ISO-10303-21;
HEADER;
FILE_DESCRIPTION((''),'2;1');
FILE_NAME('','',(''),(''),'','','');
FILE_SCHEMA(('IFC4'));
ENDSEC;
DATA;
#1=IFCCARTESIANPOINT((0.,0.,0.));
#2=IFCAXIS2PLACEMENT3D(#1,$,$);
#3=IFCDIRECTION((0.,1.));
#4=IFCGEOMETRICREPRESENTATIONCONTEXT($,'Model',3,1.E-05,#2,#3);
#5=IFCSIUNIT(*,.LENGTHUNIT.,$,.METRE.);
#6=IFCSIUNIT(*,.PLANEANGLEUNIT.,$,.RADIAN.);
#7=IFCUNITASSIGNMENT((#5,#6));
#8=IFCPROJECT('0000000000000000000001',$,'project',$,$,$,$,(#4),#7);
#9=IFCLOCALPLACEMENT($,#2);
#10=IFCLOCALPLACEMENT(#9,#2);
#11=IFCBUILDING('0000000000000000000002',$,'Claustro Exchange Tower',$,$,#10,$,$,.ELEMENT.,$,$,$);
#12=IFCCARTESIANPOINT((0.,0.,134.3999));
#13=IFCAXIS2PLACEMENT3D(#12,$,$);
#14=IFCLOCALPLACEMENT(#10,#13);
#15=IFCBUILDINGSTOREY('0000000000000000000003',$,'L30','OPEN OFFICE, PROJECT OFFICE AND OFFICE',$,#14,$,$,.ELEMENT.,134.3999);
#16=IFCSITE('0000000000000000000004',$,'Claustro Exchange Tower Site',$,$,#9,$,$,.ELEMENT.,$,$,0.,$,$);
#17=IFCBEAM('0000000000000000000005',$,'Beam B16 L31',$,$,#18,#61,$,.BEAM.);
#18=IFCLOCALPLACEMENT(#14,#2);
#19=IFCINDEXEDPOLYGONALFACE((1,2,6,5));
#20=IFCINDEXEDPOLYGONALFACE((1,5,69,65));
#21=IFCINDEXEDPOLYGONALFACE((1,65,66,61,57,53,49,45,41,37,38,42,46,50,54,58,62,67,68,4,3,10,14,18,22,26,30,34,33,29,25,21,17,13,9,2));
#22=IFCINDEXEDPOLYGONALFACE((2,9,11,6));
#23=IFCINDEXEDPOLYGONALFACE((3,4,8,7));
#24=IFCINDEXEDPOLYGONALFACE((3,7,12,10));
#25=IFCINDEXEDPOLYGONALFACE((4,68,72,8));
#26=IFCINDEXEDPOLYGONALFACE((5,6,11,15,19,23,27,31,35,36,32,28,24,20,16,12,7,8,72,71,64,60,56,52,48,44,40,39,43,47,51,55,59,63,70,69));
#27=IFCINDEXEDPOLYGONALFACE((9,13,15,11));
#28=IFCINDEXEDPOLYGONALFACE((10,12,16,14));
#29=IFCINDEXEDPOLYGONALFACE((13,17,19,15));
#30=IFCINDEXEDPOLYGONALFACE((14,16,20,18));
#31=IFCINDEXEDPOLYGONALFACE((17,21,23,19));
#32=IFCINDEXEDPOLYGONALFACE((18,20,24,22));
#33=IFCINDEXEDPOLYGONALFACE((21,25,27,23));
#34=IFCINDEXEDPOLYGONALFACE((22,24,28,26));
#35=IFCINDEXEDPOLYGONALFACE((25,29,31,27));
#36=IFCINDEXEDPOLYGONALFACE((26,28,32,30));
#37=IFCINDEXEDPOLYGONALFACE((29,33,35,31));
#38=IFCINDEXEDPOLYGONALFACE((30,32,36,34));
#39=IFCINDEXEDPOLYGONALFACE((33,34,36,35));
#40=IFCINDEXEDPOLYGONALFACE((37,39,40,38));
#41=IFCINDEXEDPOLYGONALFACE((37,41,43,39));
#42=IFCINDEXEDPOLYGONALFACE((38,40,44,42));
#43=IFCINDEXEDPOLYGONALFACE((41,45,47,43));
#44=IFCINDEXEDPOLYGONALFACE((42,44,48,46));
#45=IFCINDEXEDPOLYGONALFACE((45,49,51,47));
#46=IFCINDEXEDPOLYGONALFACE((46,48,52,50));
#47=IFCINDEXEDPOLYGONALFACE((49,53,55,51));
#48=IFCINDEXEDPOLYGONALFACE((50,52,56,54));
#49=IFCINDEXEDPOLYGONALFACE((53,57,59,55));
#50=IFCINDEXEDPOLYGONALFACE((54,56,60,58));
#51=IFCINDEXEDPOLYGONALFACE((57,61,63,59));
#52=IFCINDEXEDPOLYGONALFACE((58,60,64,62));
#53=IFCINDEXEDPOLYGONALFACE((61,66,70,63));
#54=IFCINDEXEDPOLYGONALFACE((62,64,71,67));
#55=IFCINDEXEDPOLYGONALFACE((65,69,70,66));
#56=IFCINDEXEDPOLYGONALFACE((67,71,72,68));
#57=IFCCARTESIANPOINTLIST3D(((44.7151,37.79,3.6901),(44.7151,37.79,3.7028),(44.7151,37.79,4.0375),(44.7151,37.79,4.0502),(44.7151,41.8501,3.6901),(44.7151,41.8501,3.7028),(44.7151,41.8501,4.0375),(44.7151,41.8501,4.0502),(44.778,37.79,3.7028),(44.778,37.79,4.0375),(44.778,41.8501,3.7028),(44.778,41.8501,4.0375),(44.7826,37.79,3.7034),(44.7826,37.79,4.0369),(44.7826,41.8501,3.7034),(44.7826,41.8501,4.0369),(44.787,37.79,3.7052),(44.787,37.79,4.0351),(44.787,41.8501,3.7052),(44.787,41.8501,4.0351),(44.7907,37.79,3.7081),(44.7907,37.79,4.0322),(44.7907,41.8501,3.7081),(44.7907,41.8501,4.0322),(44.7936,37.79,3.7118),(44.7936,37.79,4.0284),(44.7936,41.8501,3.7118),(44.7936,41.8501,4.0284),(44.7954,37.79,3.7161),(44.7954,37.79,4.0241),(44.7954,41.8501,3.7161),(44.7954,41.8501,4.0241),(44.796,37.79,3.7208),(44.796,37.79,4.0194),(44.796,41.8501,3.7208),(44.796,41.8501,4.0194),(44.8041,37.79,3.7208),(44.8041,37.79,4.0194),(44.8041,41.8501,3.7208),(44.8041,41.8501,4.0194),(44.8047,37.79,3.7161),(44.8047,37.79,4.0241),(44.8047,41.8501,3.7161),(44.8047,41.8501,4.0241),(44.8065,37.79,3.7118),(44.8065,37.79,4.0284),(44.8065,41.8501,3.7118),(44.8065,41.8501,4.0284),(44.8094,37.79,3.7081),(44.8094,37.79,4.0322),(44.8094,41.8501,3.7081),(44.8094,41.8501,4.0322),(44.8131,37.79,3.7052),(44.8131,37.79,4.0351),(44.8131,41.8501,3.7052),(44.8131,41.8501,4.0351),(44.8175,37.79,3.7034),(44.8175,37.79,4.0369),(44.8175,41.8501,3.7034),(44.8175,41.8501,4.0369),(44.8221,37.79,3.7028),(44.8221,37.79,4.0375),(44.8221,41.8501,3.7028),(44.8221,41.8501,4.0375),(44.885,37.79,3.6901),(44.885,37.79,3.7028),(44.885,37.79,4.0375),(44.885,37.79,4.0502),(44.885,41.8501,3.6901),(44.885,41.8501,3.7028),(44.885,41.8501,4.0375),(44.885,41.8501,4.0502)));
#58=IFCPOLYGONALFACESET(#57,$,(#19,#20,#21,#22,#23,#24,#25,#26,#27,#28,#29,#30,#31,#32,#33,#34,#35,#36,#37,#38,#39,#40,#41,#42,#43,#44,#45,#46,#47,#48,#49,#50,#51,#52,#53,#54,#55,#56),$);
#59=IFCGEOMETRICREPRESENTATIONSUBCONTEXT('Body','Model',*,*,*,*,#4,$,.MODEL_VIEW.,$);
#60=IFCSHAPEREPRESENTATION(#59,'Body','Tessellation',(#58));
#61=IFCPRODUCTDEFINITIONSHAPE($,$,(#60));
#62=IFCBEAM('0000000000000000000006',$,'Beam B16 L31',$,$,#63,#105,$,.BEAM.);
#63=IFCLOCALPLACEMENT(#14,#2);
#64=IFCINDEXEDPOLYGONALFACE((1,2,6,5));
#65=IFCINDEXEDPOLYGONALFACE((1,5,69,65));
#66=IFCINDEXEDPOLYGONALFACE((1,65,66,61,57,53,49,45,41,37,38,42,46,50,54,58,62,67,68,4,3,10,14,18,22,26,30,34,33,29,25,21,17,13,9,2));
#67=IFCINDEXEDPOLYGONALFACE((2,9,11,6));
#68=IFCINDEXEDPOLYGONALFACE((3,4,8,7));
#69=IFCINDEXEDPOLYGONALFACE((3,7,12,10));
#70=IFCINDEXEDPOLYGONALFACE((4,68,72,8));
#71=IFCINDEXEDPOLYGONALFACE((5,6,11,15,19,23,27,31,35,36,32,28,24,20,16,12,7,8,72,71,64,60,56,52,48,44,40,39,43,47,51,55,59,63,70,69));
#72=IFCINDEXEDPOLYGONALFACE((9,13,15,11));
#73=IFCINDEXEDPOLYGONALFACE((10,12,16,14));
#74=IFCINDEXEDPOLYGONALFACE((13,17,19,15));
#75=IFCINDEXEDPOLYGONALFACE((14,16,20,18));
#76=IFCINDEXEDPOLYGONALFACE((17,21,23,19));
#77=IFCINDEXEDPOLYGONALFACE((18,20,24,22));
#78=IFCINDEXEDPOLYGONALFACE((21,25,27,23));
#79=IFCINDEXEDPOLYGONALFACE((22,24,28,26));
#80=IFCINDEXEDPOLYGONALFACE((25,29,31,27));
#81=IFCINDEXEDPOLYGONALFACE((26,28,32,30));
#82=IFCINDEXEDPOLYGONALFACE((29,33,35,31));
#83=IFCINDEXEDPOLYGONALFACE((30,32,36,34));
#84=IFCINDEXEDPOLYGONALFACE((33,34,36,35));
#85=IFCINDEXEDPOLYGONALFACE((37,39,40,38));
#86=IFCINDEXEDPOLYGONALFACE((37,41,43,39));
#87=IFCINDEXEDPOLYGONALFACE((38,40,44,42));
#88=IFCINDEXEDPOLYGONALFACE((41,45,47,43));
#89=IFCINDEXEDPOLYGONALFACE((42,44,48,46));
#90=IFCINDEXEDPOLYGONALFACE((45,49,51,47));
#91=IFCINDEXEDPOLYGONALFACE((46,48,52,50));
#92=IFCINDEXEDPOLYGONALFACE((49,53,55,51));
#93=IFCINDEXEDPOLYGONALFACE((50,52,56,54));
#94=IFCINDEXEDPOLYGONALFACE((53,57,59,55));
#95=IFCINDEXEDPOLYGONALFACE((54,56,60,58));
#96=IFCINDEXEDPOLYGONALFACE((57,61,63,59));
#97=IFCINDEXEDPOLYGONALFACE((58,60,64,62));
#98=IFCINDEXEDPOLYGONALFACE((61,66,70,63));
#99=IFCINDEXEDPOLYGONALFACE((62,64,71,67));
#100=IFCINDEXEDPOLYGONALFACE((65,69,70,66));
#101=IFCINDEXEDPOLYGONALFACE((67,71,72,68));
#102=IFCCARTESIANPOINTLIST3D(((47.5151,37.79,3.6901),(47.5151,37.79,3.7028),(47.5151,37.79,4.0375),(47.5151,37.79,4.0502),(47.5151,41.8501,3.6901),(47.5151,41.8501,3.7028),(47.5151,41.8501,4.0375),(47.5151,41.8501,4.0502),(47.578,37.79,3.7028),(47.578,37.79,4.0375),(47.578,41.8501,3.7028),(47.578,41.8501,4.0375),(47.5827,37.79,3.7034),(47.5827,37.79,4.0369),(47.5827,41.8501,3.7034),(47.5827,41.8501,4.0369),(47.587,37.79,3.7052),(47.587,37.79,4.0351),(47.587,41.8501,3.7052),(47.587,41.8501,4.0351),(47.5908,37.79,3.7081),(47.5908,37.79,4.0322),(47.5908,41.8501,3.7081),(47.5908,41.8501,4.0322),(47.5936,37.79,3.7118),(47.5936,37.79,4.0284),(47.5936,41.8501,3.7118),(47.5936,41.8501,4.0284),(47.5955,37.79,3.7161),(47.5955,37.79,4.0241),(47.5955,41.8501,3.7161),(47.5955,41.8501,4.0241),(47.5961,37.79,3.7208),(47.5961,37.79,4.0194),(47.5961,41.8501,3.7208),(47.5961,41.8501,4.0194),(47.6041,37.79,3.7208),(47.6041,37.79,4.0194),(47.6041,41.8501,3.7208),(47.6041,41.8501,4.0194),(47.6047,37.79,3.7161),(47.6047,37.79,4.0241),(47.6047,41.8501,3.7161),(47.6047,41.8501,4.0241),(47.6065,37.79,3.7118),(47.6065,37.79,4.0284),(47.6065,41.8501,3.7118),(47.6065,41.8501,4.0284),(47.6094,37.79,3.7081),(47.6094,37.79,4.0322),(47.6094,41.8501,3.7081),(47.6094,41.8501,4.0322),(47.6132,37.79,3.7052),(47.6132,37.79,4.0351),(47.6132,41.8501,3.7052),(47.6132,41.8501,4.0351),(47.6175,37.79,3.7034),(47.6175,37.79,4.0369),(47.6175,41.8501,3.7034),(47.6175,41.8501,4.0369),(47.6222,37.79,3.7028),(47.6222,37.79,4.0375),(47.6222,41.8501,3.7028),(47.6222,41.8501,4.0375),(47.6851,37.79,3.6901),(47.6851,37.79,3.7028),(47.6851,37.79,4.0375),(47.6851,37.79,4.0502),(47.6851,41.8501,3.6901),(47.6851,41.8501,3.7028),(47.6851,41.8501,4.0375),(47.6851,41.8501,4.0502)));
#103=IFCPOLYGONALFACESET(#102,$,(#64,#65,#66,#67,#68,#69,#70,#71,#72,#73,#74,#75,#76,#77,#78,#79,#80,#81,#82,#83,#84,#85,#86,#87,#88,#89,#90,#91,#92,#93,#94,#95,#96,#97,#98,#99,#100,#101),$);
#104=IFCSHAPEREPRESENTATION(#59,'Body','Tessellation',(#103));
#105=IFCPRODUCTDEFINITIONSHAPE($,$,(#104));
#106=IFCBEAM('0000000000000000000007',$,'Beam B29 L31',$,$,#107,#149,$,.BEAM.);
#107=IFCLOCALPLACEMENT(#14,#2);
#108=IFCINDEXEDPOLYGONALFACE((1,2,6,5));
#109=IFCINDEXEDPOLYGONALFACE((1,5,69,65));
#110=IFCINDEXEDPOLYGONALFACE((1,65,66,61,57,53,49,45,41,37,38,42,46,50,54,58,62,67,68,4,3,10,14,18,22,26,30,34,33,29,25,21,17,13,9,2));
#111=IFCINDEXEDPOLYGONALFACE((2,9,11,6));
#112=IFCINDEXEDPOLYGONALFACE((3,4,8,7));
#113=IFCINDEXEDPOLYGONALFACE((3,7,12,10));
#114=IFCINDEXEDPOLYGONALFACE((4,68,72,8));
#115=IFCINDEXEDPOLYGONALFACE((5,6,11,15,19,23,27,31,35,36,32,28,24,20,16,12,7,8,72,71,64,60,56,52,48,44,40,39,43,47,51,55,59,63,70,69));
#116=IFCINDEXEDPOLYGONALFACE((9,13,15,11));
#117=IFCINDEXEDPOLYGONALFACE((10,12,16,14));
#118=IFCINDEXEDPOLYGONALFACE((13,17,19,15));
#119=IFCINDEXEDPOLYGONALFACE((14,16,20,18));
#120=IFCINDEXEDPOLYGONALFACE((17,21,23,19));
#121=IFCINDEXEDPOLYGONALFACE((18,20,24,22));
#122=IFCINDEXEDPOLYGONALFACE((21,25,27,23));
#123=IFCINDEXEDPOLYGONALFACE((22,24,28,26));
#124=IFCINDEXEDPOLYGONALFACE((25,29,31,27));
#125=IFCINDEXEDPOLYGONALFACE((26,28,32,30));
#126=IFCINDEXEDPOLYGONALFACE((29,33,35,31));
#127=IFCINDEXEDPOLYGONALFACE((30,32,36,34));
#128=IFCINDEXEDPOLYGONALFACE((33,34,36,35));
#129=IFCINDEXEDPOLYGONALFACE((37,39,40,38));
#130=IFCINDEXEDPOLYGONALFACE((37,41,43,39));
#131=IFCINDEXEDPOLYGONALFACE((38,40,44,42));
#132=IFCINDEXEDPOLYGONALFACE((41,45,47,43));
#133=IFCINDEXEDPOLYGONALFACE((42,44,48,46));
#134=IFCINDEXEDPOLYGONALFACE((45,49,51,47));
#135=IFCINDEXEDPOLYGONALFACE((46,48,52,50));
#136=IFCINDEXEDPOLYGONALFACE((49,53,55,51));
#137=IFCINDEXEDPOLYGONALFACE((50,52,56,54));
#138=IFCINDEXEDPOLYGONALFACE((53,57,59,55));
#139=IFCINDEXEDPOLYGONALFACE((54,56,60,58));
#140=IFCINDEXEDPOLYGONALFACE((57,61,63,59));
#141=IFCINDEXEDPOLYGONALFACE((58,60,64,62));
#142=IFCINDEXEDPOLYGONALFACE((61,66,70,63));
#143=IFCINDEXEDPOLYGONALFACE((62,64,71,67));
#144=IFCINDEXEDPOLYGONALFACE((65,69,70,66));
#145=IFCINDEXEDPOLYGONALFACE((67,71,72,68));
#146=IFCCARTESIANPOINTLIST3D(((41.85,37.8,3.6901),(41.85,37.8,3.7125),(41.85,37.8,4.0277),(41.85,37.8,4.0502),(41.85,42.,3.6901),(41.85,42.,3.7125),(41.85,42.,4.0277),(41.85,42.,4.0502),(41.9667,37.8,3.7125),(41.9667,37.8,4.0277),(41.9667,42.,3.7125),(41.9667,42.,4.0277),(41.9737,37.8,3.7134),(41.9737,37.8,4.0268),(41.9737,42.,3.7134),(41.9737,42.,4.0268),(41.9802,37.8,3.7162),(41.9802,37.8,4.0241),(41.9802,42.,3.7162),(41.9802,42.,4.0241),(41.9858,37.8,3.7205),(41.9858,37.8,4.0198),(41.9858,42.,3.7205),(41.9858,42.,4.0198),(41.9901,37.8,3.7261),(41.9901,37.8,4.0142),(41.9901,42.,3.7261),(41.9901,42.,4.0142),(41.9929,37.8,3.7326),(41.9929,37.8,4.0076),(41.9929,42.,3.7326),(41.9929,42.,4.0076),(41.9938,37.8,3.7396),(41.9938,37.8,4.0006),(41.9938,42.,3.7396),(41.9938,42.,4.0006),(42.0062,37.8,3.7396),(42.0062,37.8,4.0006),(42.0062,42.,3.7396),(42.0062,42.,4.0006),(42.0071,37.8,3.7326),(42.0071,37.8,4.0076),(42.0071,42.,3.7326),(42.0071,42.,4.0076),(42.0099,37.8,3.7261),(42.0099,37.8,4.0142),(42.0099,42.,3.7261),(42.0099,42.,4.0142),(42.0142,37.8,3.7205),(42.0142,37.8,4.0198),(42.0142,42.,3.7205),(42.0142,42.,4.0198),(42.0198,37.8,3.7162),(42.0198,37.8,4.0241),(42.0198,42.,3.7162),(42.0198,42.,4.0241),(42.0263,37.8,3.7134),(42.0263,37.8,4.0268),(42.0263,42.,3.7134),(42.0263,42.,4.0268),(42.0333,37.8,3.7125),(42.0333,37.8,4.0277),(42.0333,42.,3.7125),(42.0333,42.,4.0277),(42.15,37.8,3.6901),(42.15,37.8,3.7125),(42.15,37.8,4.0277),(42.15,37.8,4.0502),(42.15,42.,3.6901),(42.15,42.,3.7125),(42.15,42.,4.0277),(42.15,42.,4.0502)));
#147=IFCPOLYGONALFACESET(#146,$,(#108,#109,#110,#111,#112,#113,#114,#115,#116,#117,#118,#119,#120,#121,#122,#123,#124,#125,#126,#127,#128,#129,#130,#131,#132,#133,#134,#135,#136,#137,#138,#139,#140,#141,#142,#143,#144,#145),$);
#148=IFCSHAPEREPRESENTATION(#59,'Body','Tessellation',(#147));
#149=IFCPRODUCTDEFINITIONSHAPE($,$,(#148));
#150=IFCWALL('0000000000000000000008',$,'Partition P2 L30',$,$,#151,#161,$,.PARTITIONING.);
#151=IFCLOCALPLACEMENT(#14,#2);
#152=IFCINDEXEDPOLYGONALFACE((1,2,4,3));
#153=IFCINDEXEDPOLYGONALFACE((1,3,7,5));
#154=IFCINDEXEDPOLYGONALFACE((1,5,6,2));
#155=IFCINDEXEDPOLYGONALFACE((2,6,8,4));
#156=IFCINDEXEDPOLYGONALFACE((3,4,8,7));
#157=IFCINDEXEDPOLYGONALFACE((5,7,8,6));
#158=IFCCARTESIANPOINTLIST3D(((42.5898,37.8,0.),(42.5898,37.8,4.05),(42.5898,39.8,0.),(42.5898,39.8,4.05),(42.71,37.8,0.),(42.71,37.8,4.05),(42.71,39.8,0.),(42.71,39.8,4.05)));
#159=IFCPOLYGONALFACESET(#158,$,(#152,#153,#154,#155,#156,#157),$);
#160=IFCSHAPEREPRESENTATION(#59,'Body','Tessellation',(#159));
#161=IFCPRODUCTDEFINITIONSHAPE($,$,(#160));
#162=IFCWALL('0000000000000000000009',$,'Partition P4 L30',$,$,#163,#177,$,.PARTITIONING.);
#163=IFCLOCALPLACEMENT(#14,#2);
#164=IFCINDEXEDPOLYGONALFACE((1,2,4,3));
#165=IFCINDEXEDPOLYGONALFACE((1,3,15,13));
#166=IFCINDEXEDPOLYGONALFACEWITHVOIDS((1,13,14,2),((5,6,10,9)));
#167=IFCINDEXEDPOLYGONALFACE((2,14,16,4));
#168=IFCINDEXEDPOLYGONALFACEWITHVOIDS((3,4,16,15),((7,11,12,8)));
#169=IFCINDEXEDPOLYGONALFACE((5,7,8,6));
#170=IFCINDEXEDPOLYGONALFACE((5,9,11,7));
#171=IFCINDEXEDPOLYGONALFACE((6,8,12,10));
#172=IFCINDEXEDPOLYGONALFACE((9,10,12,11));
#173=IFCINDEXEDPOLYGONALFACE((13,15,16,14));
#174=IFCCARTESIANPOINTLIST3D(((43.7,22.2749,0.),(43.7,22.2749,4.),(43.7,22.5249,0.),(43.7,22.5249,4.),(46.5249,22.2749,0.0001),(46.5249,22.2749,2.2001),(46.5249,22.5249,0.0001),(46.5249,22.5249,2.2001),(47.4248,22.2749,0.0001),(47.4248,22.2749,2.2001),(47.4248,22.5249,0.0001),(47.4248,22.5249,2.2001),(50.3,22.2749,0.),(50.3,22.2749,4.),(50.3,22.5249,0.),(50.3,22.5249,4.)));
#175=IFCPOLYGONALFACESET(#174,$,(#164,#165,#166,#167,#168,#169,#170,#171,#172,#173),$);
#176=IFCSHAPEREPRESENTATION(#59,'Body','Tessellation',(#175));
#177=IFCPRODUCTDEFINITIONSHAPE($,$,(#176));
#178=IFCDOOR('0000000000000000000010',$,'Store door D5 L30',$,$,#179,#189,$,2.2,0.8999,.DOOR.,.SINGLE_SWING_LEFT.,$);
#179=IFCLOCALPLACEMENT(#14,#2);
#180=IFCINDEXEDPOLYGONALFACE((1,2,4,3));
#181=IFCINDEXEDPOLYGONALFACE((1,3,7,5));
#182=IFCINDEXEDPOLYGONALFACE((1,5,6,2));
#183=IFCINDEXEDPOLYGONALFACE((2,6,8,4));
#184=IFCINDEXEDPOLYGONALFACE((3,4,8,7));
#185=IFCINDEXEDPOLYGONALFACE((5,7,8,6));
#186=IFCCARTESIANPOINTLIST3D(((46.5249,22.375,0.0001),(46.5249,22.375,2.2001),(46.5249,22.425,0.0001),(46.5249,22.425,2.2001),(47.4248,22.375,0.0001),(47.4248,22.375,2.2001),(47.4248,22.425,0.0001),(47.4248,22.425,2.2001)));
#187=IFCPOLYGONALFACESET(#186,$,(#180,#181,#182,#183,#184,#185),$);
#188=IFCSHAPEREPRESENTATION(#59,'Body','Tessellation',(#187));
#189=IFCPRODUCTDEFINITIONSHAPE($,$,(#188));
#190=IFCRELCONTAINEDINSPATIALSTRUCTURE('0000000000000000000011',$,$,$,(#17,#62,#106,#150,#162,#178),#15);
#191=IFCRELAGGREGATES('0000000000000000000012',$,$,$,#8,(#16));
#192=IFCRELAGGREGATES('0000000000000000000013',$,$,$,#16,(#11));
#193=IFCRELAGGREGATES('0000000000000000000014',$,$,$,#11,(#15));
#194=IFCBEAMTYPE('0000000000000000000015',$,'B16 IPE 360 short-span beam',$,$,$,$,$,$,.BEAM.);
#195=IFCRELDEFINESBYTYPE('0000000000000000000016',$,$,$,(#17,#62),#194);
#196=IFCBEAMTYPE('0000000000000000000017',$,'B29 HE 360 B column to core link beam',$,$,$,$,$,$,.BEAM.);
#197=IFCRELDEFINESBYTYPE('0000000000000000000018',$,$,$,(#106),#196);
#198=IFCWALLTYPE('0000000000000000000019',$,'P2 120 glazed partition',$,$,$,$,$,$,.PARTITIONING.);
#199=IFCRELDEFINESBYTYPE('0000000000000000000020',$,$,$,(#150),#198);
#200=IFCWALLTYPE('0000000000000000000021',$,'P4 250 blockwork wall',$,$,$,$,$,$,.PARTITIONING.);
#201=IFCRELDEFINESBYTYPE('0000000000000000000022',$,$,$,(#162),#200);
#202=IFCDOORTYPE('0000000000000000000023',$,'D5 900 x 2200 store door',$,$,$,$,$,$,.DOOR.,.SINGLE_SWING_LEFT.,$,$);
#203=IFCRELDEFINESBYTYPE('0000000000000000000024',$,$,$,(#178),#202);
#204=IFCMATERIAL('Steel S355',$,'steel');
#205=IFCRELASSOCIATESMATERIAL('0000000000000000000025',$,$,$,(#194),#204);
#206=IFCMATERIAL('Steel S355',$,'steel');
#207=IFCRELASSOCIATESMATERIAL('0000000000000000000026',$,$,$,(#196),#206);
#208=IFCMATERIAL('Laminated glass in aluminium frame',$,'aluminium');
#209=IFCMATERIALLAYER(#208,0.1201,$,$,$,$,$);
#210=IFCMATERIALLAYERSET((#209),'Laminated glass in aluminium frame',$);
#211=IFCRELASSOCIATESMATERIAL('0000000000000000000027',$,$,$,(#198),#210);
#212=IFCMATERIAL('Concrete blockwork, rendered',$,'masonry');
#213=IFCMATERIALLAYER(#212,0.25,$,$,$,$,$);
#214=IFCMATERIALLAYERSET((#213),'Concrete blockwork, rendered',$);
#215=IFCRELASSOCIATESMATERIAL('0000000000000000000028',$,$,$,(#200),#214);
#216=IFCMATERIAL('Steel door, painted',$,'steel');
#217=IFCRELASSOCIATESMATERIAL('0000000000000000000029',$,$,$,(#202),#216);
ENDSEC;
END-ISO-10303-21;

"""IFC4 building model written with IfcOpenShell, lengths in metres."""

from ifc_helpers import new_model, si_unit, direction, frame, frame_2d, origin, origin_2d, place, context, subcontext, project, spatial, rectangle, i_section, extrude, material, layer, layer_set, material_profile, profile_set, type_object, element, fill, save


model = new_model("IFC4")

# Units and contexts
model_context = context("Model", 3, precision=1e-05, world=origin(), true_north=direction((0.0, 1.0)))
body_context = subcontext(model_context, "Body", "Model", "MODEL_VIEW")
ifc_project = project(units=[si_unit("LENGTHUNIT", "METRE"), si_unit("PLANEANGLEUNIT", "RADIAN")], contexts=[model_context])

# Site, building, storey
site_placement = place(None, origin())
site = spatial("IfcSite", under=ifc_project, at=site_placement, Name="Claustro Exchange Tower Site", CompositionType="ELEMENT", RefElevation=0.0)
building_placement = place(site_placement, origin())
building = spatial("IfcBuilding", under=site, at=building_placement, Name="Claustro Exchange Tower", CompositionType="ELEMENT")
storey_placement = place(building_placement, frame((0.0, 0.0, 134.3999)))
storey = spatial("IfcBuildingStorey", under=building, at=storey_placement, Name="L30", Description="OPEN OFFICE, PROJECT OFFICE AND OFFICE", CompositionType="ELEMENT", Elevation=134.3999)

# Beams
ifc_material_1 = material(Name="Steel S355", Category="steel")
ifc_material_profile_1 = material_profile(ifc_material_1, i_section(OverallWidth=0.1699, OverallDepth=0.3601, WebThickness=0.0081, FlangeThickness=0.0127, FilletRadius=0.0181, at=origin_2d()), Name="IPE 360")
ifc_profile_set_1 = profile_set([ifc_material_profile_1], Name="Steel S355")
beam_type_1 = type_object("IfcBeamType", Name="B16 IPE 360 short-span beam", PredefinedType="BEAM", material=ifc_profile_set_1)
for number, where, z_axis, x_axis, name in (
    (1, (44.8, 37.79, 3.8701), (0.0, 1.0, 0.0), (-1.0, 0.0, 0.0), "Beam B16 L31"),
    (2, (47.6001, 37.79, 3.8701), (0.0, 1.0, 0.0), (-1.0, 0.0, 0.0), "Beam B16 L31"),
):
    element("IfcBeam", number, at=place(storey_placement, frame(where, z_axis=z_axis, x_axis=x_axis)), inside=storey, type_object=beam_type_1, Name=name, PredefinedType="BEAM", context=body_context, shape_type="SweptSolid", body=[
        extrude(i_section(OverallWidth=0.1699, OverallDepth=0.3601, WebThickness=0.0081, FlangeThickness=0.0127, FilletRadius=0.0181, at=origin_2d()), origin(), (0.0, 0.0, 1.0), 4.0601),
    ])
ifc_material_2 = material(Name="Steel S355", Category="steel")
ifc_material_profile_2 = material_profile(ifc_material_2, i_section(OverallWidth=0.3, OverallDepth=0.3601, WebThickness=0.0125, FlangeThickness=0.0225, FilletRadius=0.0271, at=origin_2d()), Name="HE 360 B")
ifc_profile_set_2 = profile_set([ifc_material_profile_2], Name="Steel S355")
beam_type_2 = type_object("IfcBeamType", Name="B29 HE 360 B column to core link beam", PredefinedType="BEAM", material=ifc_profile_set_2)
beam_placement = place(storey_placement, frame((42.0, 37.8, 3.8701), z_axis=(0.0, 1.0, 0.0), x_axis=(-1.0, 0.0, 0.0)))
element("IfcBeam", 3, at=beam_placement, inside=storey, type_object=beam_type_2, Name="Beam B29 L31", PredefinedType="BEAM", context=body_context, shape_type="SweptSolid", body=[
    extrude(i_section(OverallWidth=0.3, OverallDepth=0.3601, WebThickness=0.0125, FlangeThickness=0.0225, FilletRadius=0.0271, at=origin_2d()), origin(), (0.0, 0.0, 1.0), 4.2),
])

# Wall
ifc_material_3 = material(Name="Laminated glass in aluminium frame", Category="aluminium")
ifc_layer_1 = layer(ifc_material_3, 0.1201)
ifc_layer_set_1 = layer_set([ifc_layer_1], Name="Laminated glass in aluminium frame")
wall_type_1 = type_object("IfcWallType", Name="P2 120 glazed partition", PredefinedType="PARTITIONING", material=ifc_layer_set_1)
wall_1_placement = place(storey_placement, frame((42.6499, 37.8, 0.0), z_axis=(0.0, 0.0, 1.0), x_axis=(0.0, 1.0, 0.0)))
element("IfcWall", 4, at=wall_1_placement, inside=storey, type_object=wall_type_1, Name="Partition P2 L30", PredefinedType="PARTITIONING", context=body_context, shape_type="SweptSolid", body=[
    extrude(rectangle(XDim=2.0, YDim=0.1201, at=frame_2d((1.0, 0.0))), origin(), (0.0, 0.0, 1.0), 4.05),
])

# Wall, opening, door
ifc_material_4 = material(Name="Concrete blockwork, rendered", Category="masonry")
ifc_layer_2 = layer(ifc_material_4, 0.25)
ifc_layer_set_2 = layer_set([ifc_layer_2], Name="Concrete blockwork, rendered")
wall_type_2 = type_object("IfcWallType", Name="P4 250 blockwork wall", PredefinedType="PARTITIONING", material=ifc_layer_set_2)
wall_2_placement = place(storey_placement, frame((43.7, 22.3999, 0.0), z_axis=(0.0, 0.0, 1.0), x_axis=(1.0, 0.0, 0.0)))
wall_2 = element("IfcWall", 5, at=wall_2_placement, inside=storey, type_object=wall_type_2, Name="Partition P4 L30", PredefinedType="PARTITIONING", context=body_context, shape_type="SweptSolid", body=[
    extrude(rectangle(XDim=6.6001, YDim=0.25, at=frame_2d((3.3, 0.0))), origin(), (0.0, 0.0, 1.0), 4.0),
])
opening_placement = place(wall_2_placement, frame((2.825, 0.0, 0.0)))
opening = element("IfcOpeningElement", 6, at=opening_placement, cuts=wall_2, PredefinedType="OPENING", context=body_context, shape_type="SweptSolid", body=[
    extrude(rectangle(XDim=0.8999, YDim=2.2, at=frame_2d((0.45, 1.1001))), frame((0.0, 0.135, 0.0), z_axis=(0.0, -1.0, 0.0), x_axis=(1.0, 0.0, 0.0)), (0.0, 0.0, 1.0), 0.27),
])
ifc_material_5 = material(Name="Steel door, painted", Category="steel")
door_type = type_object("IfcDoorType", Name="D5 900 x 2200 store door", OperationType="SINGLE_SWING_LEFT", PredefinedType="DOOR", material=ifc_material_5)
door_placement = place(opening_placement, frame((0.8999, 0.0, 0.0), z_axis=(0.0, 0.0, 1.0), x_axis=(-1.0, 0.0, 0.0)))
door = element("IfcDoor", 7, at=door_placement, inside=storey, type_object=door_type, Name="Store door D5 L30", OperationType="SINGLE_SWING_LEFT", OverallHeight=2.2, OverallWidth=0.8999, PredefinedType="DOOR", context=body_context, shape_type="SweptSolid", body=[
    extrude(rectangle(XDim=0.8999, YDim=2.2, at=frame_2d((0.45, 1.1001))), frame((0.0, 0.0249, 0.0), z_axis=(0.0, -1.0, 0.0), x_axis=(1.0, 0.0, 0.0)), (0.0, 0.0, 1.0), 0.05),
])
fill(opening, door)

save(model, "model.ifc")
